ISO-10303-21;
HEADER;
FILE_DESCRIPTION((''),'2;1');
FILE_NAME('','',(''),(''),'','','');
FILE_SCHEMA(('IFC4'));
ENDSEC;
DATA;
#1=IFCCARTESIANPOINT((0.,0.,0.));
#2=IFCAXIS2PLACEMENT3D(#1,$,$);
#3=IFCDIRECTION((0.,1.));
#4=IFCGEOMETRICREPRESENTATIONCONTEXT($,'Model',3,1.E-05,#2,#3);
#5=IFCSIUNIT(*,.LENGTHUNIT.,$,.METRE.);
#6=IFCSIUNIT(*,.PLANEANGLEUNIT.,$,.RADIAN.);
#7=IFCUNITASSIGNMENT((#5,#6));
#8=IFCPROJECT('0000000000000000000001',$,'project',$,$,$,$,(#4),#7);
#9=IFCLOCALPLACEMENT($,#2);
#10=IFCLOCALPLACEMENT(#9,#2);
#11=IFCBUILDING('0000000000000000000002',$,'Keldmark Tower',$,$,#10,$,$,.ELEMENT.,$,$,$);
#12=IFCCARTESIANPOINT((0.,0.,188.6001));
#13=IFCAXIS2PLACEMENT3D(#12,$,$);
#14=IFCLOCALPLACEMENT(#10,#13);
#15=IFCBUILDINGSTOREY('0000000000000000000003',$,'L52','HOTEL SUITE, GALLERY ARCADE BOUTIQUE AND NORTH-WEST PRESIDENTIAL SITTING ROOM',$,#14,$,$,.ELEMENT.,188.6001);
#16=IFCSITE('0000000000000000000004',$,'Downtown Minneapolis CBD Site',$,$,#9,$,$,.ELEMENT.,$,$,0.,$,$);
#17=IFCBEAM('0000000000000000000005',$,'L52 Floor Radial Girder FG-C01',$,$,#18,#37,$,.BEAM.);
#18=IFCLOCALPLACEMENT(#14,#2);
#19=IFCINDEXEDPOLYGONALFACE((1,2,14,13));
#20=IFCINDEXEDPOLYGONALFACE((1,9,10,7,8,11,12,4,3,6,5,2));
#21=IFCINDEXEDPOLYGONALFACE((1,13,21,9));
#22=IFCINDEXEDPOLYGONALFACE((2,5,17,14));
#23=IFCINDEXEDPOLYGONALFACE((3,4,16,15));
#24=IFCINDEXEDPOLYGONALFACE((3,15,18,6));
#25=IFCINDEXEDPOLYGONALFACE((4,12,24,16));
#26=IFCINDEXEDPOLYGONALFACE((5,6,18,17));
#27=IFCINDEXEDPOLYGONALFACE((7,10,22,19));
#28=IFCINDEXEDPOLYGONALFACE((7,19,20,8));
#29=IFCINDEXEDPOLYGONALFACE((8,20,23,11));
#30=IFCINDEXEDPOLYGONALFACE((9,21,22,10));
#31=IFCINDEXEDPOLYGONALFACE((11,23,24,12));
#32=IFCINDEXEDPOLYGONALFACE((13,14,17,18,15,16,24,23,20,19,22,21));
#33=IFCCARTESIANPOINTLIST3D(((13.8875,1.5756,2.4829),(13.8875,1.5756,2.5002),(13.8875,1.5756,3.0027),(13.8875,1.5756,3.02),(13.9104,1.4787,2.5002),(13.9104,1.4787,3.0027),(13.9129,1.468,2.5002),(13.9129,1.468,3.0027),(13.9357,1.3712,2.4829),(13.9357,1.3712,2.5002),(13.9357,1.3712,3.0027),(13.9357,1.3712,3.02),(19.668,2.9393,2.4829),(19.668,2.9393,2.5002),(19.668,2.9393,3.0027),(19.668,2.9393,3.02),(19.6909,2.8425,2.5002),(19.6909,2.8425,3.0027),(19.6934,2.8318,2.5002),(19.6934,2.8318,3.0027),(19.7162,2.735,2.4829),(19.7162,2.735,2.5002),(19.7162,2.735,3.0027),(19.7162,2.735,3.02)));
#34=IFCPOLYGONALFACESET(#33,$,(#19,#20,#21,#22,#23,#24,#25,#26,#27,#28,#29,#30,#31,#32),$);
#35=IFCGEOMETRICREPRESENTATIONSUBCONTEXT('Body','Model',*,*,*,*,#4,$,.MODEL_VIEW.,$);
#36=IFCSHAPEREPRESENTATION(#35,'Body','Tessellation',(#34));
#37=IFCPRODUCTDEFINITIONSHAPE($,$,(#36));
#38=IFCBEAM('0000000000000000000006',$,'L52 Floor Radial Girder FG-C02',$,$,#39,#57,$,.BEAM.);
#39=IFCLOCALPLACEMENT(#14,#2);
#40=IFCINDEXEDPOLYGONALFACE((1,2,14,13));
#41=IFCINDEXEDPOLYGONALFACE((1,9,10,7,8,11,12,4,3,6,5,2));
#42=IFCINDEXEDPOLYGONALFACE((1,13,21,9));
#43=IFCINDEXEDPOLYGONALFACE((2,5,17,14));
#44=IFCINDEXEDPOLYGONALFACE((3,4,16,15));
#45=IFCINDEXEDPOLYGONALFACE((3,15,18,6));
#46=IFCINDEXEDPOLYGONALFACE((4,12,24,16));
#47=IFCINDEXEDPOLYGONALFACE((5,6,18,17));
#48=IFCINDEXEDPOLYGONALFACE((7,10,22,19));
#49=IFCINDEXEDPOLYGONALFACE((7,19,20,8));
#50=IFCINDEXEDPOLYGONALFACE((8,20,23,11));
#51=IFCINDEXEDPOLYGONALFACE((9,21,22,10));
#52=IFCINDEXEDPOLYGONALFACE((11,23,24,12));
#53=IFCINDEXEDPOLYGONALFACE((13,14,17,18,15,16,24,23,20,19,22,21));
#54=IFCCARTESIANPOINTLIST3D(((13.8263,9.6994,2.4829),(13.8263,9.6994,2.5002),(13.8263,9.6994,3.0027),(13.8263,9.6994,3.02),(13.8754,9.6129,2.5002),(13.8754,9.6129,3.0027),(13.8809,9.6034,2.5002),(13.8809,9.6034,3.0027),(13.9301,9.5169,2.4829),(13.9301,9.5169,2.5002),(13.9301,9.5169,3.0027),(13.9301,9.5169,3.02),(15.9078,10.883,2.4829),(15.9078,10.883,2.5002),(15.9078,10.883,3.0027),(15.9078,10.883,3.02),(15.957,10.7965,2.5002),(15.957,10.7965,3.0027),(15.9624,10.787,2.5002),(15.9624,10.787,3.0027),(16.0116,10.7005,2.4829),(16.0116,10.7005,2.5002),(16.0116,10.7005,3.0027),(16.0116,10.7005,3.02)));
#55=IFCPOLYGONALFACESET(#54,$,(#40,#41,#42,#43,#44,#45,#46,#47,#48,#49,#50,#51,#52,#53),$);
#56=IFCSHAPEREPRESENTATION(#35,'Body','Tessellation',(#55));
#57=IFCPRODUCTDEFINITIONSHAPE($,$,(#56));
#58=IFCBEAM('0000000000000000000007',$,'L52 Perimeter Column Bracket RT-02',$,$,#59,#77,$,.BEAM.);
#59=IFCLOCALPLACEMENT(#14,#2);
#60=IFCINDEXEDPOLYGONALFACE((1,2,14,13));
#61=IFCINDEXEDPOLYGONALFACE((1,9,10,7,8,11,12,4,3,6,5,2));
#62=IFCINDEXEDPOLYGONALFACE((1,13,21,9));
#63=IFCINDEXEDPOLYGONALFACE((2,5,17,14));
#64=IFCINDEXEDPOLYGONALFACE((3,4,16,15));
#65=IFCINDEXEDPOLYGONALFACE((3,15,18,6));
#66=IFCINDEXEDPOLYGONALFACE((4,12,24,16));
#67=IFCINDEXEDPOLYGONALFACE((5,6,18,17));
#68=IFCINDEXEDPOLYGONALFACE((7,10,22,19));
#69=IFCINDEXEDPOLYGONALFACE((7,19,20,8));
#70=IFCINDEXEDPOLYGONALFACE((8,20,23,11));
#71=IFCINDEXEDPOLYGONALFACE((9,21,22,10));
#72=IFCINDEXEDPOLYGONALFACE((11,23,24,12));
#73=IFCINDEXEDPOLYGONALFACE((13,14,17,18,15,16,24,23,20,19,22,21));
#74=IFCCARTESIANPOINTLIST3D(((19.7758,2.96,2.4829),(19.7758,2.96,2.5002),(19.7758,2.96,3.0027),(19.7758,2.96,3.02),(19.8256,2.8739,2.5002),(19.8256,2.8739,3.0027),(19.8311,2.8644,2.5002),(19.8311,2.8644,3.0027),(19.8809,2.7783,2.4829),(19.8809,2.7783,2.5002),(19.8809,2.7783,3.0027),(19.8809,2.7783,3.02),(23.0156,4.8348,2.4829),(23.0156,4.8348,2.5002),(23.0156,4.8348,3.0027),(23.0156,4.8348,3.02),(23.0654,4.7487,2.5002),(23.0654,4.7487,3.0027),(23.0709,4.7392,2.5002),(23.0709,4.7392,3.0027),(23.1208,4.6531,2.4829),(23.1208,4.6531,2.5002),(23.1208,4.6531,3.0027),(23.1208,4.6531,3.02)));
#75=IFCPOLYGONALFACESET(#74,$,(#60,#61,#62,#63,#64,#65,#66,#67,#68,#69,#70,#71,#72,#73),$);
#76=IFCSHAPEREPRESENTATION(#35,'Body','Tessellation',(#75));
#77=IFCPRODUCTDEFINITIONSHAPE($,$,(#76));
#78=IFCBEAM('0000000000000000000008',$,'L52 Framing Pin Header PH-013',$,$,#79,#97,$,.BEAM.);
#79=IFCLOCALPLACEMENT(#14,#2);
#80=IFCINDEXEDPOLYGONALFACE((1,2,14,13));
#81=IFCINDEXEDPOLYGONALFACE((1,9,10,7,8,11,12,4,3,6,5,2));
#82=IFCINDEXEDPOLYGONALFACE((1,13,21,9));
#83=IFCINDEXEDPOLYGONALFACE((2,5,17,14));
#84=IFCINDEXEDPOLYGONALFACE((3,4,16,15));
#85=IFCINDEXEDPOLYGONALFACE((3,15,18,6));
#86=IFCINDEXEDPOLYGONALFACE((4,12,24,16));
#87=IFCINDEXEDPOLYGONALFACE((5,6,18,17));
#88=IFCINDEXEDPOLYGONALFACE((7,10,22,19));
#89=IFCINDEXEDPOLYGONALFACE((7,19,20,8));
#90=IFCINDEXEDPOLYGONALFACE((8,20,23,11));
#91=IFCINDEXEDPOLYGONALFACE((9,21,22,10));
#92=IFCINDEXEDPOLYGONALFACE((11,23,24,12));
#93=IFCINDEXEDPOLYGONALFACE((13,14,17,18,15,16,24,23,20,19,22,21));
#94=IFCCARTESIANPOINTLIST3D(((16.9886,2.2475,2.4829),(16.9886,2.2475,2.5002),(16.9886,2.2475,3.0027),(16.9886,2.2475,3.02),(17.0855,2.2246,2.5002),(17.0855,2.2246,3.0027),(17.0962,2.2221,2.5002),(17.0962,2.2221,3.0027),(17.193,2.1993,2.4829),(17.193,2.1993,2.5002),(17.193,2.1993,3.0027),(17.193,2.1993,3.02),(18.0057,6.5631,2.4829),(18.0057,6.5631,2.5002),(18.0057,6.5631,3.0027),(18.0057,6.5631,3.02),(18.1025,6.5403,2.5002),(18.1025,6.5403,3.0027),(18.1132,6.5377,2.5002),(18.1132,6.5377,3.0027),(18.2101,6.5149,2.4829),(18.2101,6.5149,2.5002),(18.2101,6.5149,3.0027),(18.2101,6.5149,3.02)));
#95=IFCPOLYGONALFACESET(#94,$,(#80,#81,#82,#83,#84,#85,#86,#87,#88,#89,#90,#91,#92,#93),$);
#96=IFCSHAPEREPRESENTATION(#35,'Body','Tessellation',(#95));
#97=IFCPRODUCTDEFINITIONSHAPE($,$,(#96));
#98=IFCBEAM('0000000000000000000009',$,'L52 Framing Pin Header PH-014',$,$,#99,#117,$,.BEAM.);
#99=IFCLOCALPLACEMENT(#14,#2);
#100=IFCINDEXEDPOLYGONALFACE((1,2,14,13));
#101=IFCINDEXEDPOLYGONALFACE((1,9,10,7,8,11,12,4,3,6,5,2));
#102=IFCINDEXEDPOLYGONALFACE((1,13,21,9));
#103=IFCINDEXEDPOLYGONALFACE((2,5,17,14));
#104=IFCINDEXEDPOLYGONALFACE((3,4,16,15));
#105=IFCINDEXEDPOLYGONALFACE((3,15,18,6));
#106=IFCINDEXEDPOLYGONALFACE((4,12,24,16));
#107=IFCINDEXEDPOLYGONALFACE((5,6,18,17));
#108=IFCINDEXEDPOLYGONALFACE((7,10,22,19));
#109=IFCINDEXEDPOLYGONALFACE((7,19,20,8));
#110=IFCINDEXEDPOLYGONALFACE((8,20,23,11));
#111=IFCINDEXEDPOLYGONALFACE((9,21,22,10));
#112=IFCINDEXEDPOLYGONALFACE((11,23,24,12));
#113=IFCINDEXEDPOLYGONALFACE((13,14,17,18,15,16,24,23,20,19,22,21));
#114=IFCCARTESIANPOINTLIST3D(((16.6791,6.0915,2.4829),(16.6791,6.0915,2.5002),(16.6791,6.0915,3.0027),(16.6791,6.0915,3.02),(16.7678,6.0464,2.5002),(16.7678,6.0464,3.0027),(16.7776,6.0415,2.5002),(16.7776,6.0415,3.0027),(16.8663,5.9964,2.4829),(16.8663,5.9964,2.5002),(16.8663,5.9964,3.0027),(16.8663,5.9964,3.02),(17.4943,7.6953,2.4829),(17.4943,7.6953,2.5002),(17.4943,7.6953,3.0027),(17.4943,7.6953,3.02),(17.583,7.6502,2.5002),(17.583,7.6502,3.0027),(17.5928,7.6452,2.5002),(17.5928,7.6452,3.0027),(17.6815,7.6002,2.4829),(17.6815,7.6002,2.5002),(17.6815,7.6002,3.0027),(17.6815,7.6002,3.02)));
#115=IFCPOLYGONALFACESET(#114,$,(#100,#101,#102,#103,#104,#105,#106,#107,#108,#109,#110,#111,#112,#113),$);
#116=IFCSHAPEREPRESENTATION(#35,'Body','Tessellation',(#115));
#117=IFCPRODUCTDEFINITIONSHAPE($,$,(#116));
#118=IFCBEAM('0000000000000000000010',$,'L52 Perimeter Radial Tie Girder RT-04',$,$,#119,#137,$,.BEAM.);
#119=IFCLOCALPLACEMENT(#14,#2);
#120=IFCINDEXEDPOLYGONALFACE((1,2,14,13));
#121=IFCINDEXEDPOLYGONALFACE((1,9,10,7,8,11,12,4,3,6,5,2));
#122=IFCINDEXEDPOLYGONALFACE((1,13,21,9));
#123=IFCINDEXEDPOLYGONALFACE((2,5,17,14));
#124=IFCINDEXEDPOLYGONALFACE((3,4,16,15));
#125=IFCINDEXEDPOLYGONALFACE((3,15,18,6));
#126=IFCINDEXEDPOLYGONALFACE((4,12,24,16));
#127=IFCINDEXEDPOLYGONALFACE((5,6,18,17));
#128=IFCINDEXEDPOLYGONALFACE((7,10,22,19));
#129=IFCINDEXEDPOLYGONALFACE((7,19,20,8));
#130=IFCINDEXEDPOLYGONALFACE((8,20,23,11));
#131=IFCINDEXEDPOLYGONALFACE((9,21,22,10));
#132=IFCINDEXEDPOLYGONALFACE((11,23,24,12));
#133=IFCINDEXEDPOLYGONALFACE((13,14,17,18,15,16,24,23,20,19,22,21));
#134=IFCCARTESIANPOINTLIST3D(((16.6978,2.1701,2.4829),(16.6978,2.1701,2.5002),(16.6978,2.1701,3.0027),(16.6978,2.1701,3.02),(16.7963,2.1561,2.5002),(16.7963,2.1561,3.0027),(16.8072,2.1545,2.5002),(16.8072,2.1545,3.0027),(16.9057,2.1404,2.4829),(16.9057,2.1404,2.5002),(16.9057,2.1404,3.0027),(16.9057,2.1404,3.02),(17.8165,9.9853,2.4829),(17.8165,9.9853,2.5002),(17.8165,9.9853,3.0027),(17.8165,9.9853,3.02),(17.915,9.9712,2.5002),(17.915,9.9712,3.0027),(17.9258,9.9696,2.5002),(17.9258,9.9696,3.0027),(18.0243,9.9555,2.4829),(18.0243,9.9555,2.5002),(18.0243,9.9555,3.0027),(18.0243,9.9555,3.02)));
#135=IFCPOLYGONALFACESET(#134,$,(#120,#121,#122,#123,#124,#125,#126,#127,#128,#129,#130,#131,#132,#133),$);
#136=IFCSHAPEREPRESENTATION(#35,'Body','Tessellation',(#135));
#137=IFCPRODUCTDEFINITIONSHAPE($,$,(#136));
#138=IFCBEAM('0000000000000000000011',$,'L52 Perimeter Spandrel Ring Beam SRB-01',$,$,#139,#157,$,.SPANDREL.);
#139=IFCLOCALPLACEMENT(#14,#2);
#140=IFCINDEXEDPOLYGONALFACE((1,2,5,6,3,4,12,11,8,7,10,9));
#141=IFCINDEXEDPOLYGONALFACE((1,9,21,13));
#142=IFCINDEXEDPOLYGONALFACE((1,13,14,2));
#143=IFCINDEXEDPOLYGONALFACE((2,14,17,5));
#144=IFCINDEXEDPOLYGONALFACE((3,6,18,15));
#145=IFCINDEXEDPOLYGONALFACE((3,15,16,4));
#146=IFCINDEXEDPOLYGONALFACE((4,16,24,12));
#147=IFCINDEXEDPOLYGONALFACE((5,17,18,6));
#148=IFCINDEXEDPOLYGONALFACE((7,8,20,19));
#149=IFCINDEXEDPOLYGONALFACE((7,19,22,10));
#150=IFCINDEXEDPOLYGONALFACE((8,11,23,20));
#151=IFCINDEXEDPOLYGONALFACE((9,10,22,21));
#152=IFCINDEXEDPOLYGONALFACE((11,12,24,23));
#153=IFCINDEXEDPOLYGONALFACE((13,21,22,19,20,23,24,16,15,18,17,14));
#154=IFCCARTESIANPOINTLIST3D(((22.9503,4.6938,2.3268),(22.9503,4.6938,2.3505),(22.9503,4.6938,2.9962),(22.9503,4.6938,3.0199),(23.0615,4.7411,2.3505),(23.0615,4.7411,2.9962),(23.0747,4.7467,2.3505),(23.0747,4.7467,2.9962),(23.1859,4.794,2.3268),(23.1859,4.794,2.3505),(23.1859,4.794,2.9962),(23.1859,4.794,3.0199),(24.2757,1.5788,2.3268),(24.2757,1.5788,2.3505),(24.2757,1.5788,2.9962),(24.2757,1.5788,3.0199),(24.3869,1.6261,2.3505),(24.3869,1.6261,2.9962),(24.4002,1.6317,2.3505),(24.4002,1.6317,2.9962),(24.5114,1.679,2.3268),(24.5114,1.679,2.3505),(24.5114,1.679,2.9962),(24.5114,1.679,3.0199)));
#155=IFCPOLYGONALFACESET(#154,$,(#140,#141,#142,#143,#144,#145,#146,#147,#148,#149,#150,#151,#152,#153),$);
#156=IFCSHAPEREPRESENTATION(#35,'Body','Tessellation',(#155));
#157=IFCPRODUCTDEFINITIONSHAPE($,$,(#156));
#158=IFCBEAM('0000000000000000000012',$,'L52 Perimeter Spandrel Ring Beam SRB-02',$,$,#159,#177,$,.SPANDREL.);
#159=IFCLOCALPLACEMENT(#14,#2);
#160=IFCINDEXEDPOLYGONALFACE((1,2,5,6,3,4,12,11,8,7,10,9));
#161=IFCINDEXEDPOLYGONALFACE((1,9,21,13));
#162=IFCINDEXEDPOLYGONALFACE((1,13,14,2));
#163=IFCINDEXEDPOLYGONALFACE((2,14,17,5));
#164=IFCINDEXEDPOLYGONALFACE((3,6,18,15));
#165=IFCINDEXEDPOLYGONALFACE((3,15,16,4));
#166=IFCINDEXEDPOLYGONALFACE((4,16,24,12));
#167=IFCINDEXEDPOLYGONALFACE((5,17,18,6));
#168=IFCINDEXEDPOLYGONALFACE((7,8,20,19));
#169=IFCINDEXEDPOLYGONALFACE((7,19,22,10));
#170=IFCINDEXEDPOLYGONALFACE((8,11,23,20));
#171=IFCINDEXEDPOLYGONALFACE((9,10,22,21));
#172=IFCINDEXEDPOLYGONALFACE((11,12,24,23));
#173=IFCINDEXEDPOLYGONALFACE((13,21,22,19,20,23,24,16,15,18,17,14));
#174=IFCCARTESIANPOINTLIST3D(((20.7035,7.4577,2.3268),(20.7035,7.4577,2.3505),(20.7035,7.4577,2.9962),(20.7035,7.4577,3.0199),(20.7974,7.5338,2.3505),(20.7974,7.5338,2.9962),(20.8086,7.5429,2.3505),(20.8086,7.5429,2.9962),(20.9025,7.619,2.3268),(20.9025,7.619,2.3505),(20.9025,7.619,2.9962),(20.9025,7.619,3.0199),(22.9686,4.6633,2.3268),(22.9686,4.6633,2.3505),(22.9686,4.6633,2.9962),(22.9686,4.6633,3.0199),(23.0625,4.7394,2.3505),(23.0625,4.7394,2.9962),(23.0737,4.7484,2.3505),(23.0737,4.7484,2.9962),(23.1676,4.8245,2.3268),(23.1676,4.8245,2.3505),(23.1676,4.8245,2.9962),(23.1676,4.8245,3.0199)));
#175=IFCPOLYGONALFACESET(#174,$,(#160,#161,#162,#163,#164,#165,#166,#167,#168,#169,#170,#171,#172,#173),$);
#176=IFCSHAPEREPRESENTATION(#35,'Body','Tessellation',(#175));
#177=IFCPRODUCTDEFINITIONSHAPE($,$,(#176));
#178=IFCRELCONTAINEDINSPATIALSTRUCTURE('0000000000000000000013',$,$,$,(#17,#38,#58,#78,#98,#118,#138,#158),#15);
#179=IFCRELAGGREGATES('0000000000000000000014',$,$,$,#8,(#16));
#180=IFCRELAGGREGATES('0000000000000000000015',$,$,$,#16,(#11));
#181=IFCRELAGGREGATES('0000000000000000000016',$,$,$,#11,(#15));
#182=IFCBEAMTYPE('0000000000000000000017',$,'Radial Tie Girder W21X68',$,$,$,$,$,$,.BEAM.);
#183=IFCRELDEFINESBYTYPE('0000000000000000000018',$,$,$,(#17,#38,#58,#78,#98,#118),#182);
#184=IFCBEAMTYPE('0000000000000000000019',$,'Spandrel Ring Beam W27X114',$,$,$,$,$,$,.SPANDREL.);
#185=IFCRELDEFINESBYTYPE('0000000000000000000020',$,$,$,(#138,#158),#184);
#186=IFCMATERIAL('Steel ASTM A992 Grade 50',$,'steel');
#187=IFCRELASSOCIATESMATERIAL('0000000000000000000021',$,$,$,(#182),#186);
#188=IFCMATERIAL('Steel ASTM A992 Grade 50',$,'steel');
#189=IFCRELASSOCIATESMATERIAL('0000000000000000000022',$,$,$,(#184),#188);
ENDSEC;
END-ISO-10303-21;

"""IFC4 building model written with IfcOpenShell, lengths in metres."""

from ifc_helpers import new_model, si_unit, direction, frame, origin, origin_2d, place, context, subcontext, project, spatial, i_section, extrude, material, material_profile, profile_set, type_object, element, save


model = new_model("IFC4")

# Units and contexts
model_context = context("Model", 3, precision=1e-05, world=origin(), true_north=direction((0.0, 1.0)))
body_context = subcontext(model_context, "Body", "Model", "MODEL_VIEW")
ifc_project = project(units=[si_unit("LENGTHUNIT", "METRE"), si_unit("PLANEANGLEUNIT", "RADIAN")], contexts=[model_context])

# Site, building, storey
site_placement = place(None, origin())
site = spatial("IfcSite", under=ifc_project, at=site_placement, Name="Downtown Minneapolis CBD Site", CompositionType="ELEMENT", RefElevation=0.0)
building_placement = place(site_placement, origin())
building = spatial("IfcBuilding", under=site, at=building_placement, Name="Keldmark Tower", CompositionType="ELEMENT")
storey_placement = place(building_placement, frame((0.0, 0.0, 188.6001)))
storey = spatial("IfcBuildingStorey", under=building, at=storey_placement, Name="L52", Description="HOTEL SUITE, GALLERY ARCADE BOUTIQUE AND NORTH-WEST PRESIDENTIAL SITTING ROOM", CompositionType="ELEMENT", Elevation=188.6001)

# Beams
ifc_material_1 = material(Name="Steel ASTM A992 Grade 50", Category="steel")
ifc_material_profile_1 = material_profile(ifc_material_1, i_section(OverallWidth=0.21, OverallDepth=0.5371, WebThickness=0.011, FlangeThickness=0.0173, at=origin_2d()), Name="W21X68")
ifc_profile_set_1 = profile_set([ifc_material_profile_1], Name="Steel ASTM A992 Grade 50")
beam_type_1 = type_object("IfcBeamType", Name="Radial Tie Girder W21X68", PredefinedType="BEAM", material=ifc_profile_set_1)
beam_1_placement = place(storey_placement, frame((19.6921, 2.8372, 2.7515), z_axis=(-0.97328, -0.229621, 0.0), x_axis=(0.229621, -0.97328, 0.0)))
element("IfcBeam", 1, at=beam_1_placement, inside=storey, type_object=beam_type_1, Name="L52 Floor Radial Girder FG-C01", PredefinedType="BEAM", context=body_context, shape_type="SweptSolid", body=[
    extrude(i_section(OverallWidth=0.21, OverallDepth=0.5371, WebThickness=0.011, FlangeThickness=0.0173, at=origin_2d()), origin(), (0.0, 0.0, 1.0), 5.9392),
])
beam_2_placement = place(storey_placement, frame((15.9597, 10.7917, 2.7515), z_axis=(-0.869295, -0.494293, 0.0), x_axis=(0.494293, -0.869295, 0.0)))
element("IfcBeam", 2, at=beam_2_placement, inside=storey, type_object=beam_type_1, Name="L52 Floor Radial Girder FG-C02", PredefinedType="BEAM", context=body_context, shape_type="SweptSolid", body=[
    extrude(i_section(OverallWidth=0.21, OverallDepth=0.5371, WebThickness=0.011, FlangeThickness=0.0173, at=origin_2d()), origin(), (0.0, 0.0, 1.0), 2.3945),
])
beam_3_placement = place(storey_placement, frame((19.8284, 2.8691, 2.7515), z_axis=(0.865529, 0.500859, 0.0), x_axis=(-0.500859, 0.865529, 0.0)))
element("IfcBeam", 3, at=beam_3_placement, inside=storey, type_object=beam_type_1, Name="L52 Perimeter Column Bracket RT-02", PredefinedType="BEAM", context=body_context, shape_type="SweptSolid", body=[
    extrude(i_section(OverallWidth=0.21, OverallDepth=0.5371, WebThickness=0.011, FlangeThickness=0.0173, at=origin_2d()), origin(), (0.0, 0.0, 1.0), 3.7432),
])
beam_4_placement = place(storey_placement, frame((17.0908, 2.2234, 2.7515), z_axis=(0.229389, 0.973335, 0.0), x_axis=(-0.973335, 0.229389, 0.0)))
element("IfcBeam", 4, at=beam_4_placement, inside=storey, type_object=beam_type_1, Name="L52 Framing Pin Header PH-013", PredefinedType="BEAM", context=body_context, shape_type="SweptSolid", body=[
    extrude(i_section(OverallWidth=0.21, OverallDepth=0.5371, WebThickness=0.011, FlangeThickness=0.0173, at=origin_2d()), origin(), (0.0, 0.0, 1.0), 4.4338),
])
beam_5_placement = place(storey_placement, frame((16.7727, 6.0439, 2.7515), z_axis=(0.453121, 0.891449, 0.0), x_axis=(-0.891449, 0.453121, 0.0)))
element("IfcBeam", 5, at=beam_5_placement, inside=storey, type_object=beam_type_1, Name="L52 Framing Pin Header PH-014", PredefinedType="BEAM", context=body_context, shape_type="SweptSolid", body=[
    extrude(i_section(OverallWidth=0.21, OverallDepth=0.5371, WebThickness=0.011, FlangeThickness=0.0173, at=origin_2d()), origin(), (0.0, 0.0, 1.0), 1.7991),
])
beam_6_placement = place(storey_placement, frame((16.8018, 2.1553, 2.7515), z_axis=(0.141694, 0.98991, 0.0), x_axis=(-0.98991, 0.141694, 0.0)))
element("IfcBeam", 6, at=beam_6_placement, inside=storey, type_object=beam_type_1, Name="L52 Perimeter Radial Tie Girder RT-04", PredefinedType="BEAM", context=body_context, shape_type="SweptSolid", body=[
    extrude(i_section(OverallWidth=0.21, OverallDepth=0.5371, WebThickness=0.011, FlangeThickness=0.0173, at=origin_2d()), origin(), (0.0, 0.0, 1.0), 7.8948),
])
ifc_material_2 = material(Name="Steel ASTM A992 Grade 50", Category="steel")
ifc_material_profile_2 = material_profile(ifc_material_2, i_section(OverallWidth=0.2561, OverallDepth=0.6931, WebThickness=0.0144, FlangeThickness=0.0237, at=origin_2d()), Name="W27X114")
ifc_profile_set_2 = profile_set([ifc_material_profile_2], Name="Steel ASTM A992 Grade 50")
beam_type_2 = type_object("IfcBeamType", Name="Spandrel Ring Beam W27X114", PredefinedType="SPANDREL", material=ifc_profile_set_2)
beam_7_placement = place(storey_placement, frame((24.3936, 1.6289, 2.6733), z_axis=(-0.391533, 0.920164, 0.0), x_axis=(-0.920164, -0.391533, 0.0)))
element("IfcBeam", 7, at=beam_7_placement, inside=storey, type_object=beam_type_2, Name="L52 Perimeter Spandrel Ring Beam SRB-01", PredefinedType="SPANDREL", context=body_context, shape_type="SweptSolid", body=[
    extrude(i_section(OverallWidth=0.2561, OverallDepth=0.6931, WebThickness=0.0144, FlangeThickness=0.0237, at=origin_2d()), origin(), (0.0, 0.0, 1.0), 3.3853),
])
beam_8_placement = place(storey_placement, frame((23.0681, 4.7439, 2.6733), z_axis=(-0.629698, 0.77684, 0.0), x_axis=(-0.77684, -0.629698, 0.0)))
element("IfcBeam", 8, at=beam_8_placement, inside=storey, type_object=beam_type_2, Name="L52 Perimeter Spandrel Ring Beam SRB-02", PredefinedType="SPANDREL", context=body_context, shape_type="SweptSolid", body=[
    extrude(i_section(OverallWidth=0.2561, OverallDepth=0.6931, WebThickness=0.0144, FlangeThickness=0.0237, at=origin_2d()), origin(), (0.0, 0.0, 1.0), 3.5972),
])

save(model, "model.ifc")
